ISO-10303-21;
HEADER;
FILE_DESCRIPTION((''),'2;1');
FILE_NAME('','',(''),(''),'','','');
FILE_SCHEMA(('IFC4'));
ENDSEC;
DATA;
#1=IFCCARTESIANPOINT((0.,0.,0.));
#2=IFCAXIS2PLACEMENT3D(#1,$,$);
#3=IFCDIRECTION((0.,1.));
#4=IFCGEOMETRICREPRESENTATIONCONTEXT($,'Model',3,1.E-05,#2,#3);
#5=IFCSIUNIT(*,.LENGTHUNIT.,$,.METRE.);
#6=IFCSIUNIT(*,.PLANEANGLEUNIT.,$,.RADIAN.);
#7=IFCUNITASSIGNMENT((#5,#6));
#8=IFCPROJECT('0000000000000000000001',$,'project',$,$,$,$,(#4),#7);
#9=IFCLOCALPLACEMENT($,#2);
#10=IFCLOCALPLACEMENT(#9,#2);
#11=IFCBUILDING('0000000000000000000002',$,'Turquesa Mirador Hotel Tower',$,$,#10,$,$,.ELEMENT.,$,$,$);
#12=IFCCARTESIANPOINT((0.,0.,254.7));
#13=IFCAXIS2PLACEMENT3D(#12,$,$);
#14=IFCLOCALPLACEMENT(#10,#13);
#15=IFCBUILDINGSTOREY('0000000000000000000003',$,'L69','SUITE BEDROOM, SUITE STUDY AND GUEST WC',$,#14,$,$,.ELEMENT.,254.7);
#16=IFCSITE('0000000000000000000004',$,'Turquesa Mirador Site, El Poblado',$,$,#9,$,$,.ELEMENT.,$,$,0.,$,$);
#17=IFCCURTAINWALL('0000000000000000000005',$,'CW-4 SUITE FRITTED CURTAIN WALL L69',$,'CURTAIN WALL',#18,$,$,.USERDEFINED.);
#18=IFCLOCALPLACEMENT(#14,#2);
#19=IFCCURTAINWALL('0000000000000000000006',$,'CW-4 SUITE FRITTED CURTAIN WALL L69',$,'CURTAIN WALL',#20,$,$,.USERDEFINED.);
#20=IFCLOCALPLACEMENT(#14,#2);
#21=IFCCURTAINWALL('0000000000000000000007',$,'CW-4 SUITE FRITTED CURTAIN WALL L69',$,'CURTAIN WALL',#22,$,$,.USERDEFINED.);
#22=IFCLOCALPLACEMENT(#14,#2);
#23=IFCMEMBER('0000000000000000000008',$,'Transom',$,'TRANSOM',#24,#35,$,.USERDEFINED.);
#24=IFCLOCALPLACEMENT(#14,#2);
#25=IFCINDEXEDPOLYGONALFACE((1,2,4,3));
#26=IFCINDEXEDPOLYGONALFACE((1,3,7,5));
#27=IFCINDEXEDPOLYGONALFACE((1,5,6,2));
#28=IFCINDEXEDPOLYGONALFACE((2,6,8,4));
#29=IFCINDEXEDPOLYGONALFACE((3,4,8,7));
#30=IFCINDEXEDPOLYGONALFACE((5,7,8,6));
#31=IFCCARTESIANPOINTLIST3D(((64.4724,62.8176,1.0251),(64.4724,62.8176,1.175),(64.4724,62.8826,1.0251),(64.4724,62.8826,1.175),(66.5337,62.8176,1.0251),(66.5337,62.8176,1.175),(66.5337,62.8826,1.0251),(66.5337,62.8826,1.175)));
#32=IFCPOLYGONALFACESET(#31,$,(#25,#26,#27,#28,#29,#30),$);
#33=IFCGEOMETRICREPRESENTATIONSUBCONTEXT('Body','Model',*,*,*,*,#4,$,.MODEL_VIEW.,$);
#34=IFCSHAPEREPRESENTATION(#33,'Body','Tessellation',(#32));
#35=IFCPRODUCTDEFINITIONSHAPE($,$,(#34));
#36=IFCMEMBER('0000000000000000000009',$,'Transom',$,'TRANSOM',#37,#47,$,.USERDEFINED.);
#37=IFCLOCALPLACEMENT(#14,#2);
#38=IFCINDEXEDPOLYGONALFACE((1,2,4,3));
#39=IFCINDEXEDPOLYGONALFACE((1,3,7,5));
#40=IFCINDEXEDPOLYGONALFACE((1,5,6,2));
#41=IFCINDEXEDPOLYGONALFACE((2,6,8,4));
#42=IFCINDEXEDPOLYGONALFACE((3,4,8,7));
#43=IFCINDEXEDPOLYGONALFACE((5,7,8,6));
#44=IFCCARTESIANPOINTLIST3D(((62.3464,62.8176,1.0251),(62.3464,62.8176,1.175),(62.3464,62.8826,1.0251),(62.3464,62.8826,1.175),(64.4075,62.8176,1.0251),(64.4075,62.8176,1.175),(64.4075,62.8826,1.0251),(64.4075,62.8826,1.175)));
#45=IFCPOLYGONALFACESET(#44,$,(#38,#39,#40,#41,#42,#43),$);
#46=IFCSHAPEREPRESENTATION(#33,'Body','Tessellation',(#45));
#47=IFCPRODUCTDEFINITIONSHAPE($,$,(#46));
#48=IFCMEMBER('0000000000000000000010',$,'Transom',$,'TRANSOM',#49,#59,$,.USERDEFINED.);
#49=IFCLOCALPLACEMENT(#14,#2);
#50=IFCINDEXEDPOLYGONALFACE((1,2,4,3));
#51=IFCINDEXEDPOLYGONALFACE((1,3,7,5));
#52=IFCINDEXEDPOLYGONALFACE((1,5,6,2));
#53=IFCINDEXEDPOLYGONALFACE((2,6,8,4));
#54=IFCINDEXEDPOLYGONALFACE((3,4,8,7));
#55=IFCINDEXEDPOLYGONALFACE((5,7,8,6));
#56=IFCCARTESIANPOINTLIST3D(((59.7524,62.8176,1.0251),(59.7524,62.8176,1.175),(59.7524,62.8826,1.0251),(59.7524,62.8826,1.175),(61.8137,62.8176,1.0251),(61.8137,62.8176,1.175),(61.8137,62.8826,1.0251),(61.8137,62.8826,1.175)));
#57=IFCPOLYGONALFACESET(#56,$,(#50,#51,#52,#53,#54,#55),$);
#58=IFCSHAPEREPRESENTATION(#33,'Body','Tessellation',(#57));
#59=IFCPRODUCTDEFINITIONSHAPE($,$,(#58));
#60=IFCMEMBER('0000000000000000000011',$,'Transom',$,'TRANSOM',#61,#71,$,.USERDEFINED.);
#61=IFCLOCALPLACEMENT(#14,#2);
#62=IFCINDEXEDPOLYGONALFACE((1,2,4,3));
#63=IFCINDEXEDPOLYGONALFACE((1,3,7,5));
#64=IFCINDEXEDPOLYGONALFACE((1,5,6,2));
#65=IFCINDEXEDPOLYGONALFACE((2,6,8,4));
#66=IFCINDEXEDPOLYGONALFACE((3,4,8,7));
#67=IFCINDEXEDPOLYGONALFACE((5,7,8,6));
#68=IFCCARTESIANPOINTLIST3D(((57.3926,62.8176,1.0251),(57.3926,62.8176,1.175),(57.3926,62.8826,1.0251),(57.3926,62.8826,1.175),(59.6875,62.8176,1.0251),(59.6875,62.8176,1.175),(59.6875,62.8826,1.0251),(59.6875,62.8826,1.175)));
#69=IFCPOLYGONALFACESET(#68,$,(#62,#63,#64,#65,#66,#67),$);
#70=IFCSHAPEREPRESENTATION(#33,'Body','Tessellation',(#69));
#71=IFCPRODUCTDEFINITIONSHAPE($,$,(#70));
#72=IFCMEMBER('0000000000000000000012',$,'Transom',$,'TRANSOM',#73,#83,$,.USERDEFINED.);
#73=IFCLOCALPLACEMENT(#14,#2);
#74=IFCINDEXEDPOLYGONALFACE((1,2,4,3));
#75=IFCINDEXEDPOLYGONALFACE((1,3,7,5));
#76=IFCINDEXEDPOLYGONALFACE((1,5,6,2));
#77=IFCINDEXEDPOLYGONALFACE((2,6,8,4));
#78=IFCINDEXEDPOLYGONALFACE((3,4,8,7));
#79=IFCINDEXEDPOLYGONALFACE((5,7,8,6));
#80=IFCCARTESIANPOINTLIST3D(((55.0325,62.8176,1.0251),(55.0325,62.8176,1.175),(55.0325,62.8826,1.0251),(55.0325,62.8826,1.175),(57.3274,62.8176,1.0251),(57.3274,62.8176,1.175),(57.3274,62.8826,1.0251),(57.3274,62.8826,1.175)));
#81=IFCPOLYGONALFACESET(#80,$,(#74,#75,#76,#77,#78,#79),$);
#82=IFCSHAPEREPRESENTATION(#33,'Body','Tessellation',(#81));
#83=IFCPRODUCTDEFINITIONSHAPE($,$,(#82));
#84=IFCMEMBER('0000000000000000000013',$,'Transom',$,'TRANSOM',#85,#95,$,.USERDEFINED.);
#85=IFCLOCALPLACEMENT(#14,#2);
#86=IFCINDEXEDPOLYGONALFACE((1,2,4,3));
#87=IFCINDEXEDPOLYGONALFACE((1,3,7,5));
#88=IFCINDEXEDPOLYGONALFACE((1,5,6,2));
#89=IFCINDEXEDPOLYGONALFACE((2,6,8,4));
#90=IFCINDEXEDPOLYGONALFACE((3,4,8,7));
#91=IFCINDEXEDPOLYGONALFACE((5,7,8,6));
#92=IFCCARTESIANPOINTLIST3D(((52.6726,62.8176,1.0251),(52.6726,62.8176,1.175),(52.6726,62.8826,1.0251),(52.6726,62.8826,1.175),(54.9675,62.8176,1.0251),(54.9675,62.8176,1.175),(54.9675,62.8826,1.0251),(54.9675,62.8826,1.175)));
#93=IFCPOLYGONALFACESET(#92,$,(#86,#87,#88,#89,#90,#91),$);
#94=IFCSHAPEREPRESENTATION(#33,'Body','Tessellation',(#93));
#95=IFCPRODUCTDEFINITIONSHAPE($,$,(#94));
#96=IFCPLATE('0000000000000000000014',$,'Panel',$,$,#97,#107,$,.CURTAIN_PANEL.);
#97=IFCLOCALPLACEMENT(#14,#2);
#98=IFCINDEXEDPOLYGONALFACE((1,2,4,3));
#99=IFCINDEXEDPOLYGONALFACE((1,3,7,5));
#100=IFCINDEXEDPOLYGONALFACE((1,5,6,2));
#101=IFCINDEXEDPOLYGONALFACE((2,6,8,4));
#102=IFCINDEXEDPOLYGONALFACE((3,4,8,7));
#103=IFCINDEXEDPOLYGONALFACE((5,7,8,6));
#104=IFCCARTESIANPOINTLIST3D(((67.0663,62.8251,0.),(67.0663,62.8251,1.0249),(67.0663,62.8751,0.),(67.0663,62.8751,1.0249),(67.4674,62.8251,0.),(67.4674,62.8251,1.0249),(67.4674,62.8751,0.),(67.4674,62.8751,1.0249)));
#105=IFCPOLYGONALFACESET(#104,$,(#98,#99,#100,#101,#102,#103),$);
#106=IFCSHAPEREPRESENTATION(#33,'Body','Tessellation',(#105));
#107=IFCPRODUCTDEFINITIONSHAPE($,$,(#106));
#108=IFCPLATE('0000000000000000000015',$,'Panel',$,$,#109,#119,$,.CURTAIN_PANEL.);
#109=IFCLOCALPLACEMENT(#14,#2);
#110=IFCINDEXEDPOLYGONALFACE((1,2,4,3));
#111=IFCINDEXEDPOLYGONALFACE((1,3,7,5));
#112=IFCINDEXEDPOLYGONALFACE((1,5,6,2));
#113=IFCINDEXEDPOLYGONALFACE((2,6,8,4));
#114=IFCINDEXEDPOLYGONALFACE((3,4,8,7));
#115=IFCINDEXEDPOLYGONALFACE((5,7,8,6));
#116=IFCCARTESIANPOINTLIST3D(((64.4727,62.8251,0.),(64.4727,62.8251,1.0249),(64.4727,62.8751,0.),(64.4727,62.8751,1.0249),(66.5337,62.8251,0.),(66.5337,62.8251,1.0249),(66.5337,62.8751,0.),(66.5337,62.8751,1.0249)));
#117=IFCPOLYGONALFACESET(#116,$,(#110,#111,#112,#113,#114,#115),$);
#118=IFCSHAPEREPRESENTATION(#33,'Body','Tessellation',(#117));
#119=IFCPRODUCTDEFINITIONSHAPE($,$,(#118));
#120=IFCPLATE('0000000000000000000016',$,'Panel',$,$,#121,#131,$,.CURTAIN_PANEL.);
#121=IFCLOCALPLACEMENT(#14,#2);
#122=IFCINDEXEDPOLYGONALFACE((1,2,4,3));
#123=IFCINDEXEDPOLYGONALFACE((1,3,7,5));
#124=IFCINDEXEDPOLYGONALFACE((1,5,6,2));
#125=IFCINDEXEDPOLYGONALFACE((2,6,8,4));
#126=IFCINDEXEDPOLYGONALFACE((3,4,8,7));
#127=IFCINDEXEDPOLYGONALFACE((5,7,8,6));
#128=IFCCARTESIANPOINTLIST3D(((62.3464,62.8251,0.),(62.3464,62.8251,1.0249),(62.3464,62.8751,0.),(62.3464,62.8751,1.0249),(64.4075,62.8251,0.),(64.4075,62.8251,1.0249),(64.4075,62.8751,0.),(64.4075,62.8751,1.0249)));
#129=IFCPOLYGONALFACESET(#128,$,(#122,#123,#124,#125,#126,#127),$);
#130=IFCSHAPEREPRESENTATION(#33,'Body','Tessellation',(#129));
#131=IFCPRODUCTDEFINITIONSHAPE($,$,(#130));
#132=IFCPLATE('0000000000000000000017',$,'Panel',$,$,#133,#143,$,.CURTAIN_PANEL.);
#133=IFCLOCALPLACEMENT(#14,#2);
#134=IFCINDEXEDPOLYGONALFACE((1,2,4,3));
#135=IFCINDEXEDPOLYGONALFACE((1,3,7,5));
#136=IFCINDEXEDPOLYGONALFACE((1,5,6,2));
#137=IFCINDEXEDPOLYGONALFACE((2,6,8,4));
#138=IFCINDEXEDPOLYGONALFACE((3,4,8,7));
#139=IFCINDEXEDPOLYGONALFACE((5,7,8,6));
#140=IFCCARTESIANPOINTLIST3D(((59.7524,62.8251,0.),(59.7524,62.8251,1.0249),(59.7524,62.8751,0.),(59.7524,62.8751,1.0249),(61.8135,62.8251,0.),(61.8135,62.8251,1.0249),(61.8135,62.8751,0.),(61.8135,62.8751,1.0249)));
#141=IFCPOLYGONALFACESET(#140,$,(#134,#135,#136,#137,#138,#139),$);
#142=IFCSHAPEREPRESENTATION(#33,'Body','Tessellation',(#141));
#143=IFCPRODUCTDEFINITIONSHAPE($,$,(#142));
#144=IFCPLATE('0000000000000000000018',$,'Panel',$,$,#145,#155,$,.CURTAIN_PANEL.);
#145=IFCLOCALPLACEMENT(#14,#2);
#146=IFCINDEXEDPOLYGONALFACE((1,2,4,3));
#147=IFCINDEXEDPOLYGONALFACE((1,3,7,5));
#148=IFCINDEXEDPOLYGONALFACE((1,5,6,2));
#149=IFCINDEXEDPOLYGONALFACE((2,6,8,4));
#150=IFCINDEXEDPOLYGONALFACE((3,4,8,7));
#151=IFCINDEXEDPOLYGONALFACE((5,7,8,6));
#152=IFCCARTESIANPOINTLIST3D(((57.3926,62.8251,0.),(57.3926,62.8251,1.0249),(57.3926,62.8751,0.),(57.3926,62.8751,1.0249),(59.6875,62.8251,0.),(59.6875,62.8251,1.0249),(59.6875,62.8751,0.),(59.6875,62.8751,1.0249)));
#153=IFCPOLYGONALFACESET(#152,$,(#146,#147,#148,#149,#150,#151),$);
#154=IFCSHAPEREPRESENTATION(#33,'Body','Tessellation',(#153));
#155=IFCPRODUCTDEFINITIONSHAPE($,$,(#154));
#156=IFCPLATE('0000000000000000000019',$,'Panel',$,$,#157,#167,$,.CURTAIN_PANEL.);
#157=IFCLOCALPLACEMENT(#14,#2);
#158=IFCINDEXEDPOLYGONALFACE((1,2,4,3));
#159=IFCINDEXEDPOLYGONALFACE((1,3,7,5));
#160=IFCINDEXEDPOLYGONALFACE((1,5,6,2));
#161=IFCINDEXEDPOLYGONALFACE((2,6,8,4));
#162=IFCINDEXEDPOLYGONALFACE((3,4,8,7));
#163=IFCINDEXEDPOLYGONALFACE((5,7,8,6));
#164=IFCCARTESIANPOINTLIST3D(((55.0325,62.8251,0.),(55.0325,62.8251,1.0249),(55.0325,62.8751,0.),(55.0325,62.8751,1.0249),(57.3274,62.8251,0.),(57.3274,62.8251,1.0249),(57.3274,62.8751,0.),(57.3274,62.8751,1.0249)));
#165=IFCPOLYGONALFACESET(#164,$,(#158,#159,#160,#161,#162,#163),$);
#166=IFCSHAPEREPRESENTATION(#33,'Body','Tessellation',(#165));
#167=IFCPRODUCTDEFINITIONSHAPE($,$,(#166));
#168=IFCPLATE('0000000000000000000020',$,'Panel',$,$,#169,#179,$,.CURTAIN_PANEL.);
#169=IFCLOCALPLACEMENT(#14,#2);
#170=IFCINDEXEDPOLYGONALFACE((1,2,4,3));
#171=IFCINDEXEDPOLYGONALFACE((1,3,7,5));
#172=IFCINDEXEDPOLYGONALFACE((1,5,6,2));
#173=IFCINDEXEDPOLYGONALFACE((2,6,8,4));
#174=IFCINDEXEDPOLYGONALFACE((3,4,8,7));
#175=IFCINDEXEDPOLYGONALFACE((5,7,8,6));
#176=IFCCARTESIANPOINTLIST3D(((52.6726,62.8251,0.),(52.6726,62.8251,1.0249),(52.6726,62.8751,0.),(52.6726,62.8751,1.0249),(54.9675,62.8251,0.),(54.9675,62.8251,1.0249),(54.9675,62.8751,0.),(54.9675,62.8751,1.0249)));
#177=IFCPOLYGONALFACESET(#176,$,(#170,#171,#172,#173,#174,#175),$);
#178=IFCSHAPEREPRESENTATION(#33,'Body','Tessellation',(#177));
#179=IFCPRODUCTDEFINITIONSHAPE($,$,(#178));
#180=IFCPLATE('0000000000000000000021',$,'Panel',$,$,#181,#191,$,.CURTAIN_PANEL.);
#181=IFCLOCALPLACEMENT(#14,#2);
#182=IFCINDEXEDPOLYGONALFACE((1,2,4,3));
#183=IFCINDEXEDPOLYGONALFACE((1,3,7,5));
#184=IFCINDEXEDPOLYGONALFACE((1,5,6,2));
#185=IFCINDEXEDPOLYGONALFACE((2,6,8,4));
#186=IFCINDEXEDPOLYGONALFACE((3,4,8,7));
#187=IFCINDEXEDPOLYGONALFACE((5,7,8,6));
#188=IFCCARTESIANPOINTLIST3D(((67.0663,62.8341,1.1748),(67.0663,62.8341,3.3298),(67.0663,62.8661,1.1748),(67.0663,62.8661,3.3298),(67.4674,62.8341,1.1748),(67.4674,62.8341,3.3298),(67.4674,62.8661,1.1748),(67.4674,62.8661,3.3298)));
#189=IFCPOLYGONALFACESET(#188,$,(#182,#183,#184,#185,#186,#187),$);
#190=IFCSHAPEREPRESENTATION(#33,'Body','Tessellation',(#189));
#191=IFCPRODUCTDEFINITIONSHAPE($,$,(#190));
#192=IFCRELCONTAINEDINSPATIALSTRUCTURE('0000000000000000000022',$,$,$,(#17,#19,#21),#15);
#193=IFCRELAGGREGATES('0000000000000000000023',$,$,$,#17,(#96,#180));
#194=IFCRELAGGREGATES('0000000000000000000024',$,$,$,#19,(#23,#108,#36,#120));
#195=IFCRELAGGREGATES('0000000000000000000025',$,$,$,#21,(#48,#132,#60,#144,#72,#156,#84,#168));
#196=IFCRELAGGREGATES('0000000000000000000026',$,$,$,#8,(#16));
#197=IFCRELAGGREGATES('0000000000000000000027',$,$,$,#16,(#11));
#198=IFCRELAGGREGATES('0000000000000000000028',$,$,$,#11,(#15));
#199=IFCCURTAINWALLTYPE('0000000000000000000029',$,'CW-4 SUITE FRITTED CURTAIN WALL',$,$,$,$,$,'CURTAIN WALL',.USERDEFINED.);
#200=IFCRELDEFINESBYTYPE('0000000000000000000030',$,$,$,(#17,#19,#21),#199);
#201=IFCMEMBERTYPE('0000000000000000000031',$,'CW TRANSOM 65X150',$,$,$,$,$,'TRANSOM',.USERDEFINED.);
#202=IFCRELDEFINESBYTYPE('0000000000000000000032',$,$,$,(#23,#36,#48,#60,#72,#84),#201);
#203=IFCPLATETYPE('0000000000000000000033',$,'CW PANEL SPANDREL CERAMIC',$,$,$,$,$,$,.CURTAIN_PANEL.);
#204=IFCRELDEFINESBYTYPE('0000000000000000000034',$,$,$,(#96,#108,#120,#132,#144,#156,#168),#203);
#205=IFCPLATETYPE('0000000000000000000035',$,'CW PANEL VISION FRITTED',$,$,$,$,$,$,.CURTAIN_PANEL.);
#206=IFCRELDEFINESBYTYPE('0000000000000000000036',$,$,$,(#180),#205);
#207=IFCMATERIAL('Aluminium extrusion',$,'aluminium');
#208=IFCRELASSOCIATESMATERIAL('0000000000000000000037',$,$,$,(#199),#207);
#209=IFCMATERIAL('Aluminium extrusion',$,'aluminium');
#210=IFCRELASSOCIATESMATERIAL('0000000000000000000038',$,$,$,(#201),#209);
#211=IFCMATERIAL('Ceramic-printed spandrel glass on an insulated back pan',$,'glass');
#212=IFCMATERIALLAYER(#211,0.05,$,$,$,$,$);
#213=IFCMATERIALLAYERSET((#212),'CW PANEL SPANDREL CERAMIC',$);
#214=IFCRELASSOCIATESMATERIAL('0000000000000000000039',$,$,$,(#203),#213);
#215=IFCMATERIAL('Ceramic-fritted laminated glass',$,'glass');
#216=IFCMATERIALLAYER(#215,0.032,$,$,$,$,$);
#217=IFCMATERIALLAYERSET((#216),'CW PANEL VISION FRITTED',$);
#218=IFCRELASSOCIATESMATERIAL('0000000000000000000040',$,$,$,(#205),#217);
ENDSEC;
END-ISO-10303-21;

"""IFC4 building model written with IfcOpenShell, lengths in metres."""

from ifc_helpers import new_model, si_unit, direction, frame, origin, origin_2d, place, context, subcontext, project, spatial, rectangle, extrude, material, layer, layer_set, material_profile, profile_set, type_object, element, aggregate, save


model = new_model("IFC4")

# Units and contexts
model_context = context("Model", 3, precision=1e-05, world=origin(), true_north=direction((0.0, 1.0)))
body_context = subcontext(model_context, "Body", "Model", "MODEL_VIEW")
ifc_project = project(units=[si_unit("LENGTHUNIT", "METRE"), si_unit("PLANEANGLEUNIT", "RADIAN")], contexts=[model_context])

# Site, building, storey
site_placement = place(None, origin())
site = spatial("IfcSite", under=ifc_project, at=site_placement, Name="Turquesa Mirador Site, El Poblado", CompositionType="ELEMENT", RefElevation=0.0)
building_placement = place(site_placement, origin())
building = spatial("IfcBuilding", under=site, at=building_placement, Name="Turquesa Mirador Hotel Tower", CompositionType="ELEMENT")
storey_placement = place(building_placement, frame((0.0, 0.0, 254.7)))
storey = spatial("IfcBuildingStorey", under=building, at=storey_placement, Name="L69", Description="SUITE BEDROOM, SUITE STUDY AND GUEST WC", CompositionType="ELEMENT", Elevation=254.7)

# Curtain wall
ifc_material_1 = material(Name="Aluminium extrusion", Category="aluminium")
curtain_wall_type = type_object("IfcCurtainWallType", Name="CW-4 SUITE FRITTED CURTAIN WALL", ElementType="CURTAIN WALL", PredefinedType="USERDEFINED", material=ifc_material_1)
curtain_wall_1_placement = place(storey_placement, origin())
curtain_wall_1 = element("IfcCurtainWall", 1, at=curtain_wall_1_placement, inside=storey, type_object=curtain_wall_type, Name="CW-4 SUITE FRITTED CURTAIN WALL L69", ObjectType="CURTAIN WALL", PredefinedType="USERDEFINED")

# Curtain walls
curtain_wall_2_placement = place(storey_placement, origin())
curtain_wall_2 = element("IfcCurtainWall", 2, at=curtain_wall_2_placement, inside=storey, type_object=curtain_wall_type, Name="CW-4 SUITE FRITTED CURTAIN WALL L69", ObjectType="CURTAIN WALL", PredefinedType="USERDEFINED")
curtain_wall_3_placement = place(storey_placement, origin())
curtain_wall_3 = element("IfcCurtainWall", 3, at=curtain_wall_3_placement, inside=storey, type_object=curtain_wall_type, Name="CW-4 SUITE FRITTED CURTAIN WALL L69", ObjectType="CURTAIN WALL", PredefinedType="USERDEFINED")

# Members
ifc_material_2 = material(Name="Aluminium extrusion", Category="aluminium")
ifc_material_profile_1 = material_profile(ifc_material_2, rectangle(XDim=0.0649, YDim=0.1499, at=origin_2d()), Name="TRANSOM 65X150")
ifc_profile_set_1 = profile_set([ifc_material_profile_1], Name="Aluminium extrusion")
member_type_1 = type_object("IfcMemberType", Name="CW TRANSOM 65X150", ElementType="TRANSOM", PredefinedType="USERDEFINED", material=ifc_profile_set_1)
member_1_placement = place(storey_placement, frame((66.5337, 62.8501, 1.1001), z_axis=(-1.0, 0.0, 0.0), x_axis=(0.0, -1.0, 0.0)))
member_1 = element("IfcMember", 4, at=member_1_placement, type_object=member_type_1, Name="Transom", ObjectType="TRANSOM", PredefinedType="USERDEFINED", context=body_context, shape_type="SweptSolid", body=[
    extrude(rectangle(XDim=0.0649, YDim=0.1499, at=origin_2d()), origin(), (0.0, 0.0, 1.0), 2.0613),
])
member_2_placement = place(storey_placement, frame((64.4075, 62.8501, 1.1001), z_axis=(-1.0, 0.0, 0.0), x_axis=(0.0, -1.0, 0.0)))
member_2 = element("IfcMember", 5, at=member_2_placement, type_object=member_type_1, Name="Transom", ObjectType="TRANSOM", PredefinedType="USERDEFINED", context=body_context, shape_type="SweptSolid", body=[
    extrude(rectangle(XDim=0.0649, YDim=0.1499, at=origin_2d()), origin(), (0.0, 0.0, 1.0), 2.061),
])
member_3_placement = place(storey_placement, frame((61.8137, 62.8501, 1.1001), z_axis=(-1.0, 0.0, 0.0), x_axis=(0.0, -1.0, 0.0)))
member_3 = element("IfcMember", 6, at=member_3_placement, type_object=member_type_1, Name="Transom", ObjectType="TRANSOM", PredefinedType="USERDEFINED", context=body_context, shape_type="SweptSolid", body=[
    extrude(rectangle(XDim=0.0649, YDim=0.1499, at=origin_2d()), origin(), (0.0, 0.0, 1.0), 2.0613),
])
member_4_placement = place(storey_placement, frame((59.6875, 62.8501, 1.1001), z_axis=(-1.0, 0.0, 0.0), x_axis=(0.0, -1.0, 0.0)))
member_4 = element("IfcMember", 7, at=member_4_placement, type_object=member_type_1, Name="Transom", ObjectType="TRANSOM", PredefinedType="USERDEFINED", context=body_context, shape_type="SweptSolid", body=[
    extrude(rectangle(XDim=0.0649, YDim=0.1499, at=origin_2d()), origin(), (0.0, 0.0, 1.0), 2.2949),
])
member_5_placement = place(storey_placement, frame((57.3274, 62.8501, 1.1001), z_axis=(-1.0, 0.0, 0.0), x_axis=(0.0, -1.0, 0.0)))
member_5 = element("IfcMember", 8, at=member_5_placement, type_object=member_type_1, Name="Transom", ObjectType="TRANSOM", PredefinedType="USERDEFINED", context=body_context, shape_type="SweptSolid", body=[
    extrude(rectangle(XDim=0.0649, YDim=0.1499, at=origin_2d()), origin(), (0.0, 0.0, 1.0), 2.2949),
])
member_6_placement = place(storey_placement, frame((54.9675, 62.8501, 1.1001), z_axis=(-1.0, 0.0, 0.0), x_axis=(0.0, -1.0, 0.0)))
member_6 = element("IfcMember", 9, at=member_6_placement, type_object=member_type_1, Name="Transom", ObjectType="TRANSOM", PredefinedType="USERDEFINED", context=body_context, shape_type="SweptSolid", body=[
    extrude(rectangle(XDim=0.0649, YDim=0.1499, at=origin_2d()), origin(), (0.0, 0.0, 1.0), 2.2949),
])

# Plates
ifc_material_3 = material(Name="Ceramic-printed spandrel glass on an insulated back pan", Category="glass")
ifc_layer_1 = layer(ifc_material_3, 0.05)
ifc_layer_set_1 = layer_set([ifc_layer_1], Name="CW PANEL SPANDREL CERAMIC")
plate_type_1 = type_object("IfcPlateType", Name="CW PANEL SPANDREL CERAMIC", PredefinedType="CURTAIN_PANEL", material=ifc_layer_set_1)
plate_1_placement = place(storey_placement, frame((67.2668, 62.8501, 0.0), z_axis=(0.0, 0.0, 1.0), x_axis=(-1.0, 0.0, 0.0)))
plate_1 = element("IfcPlate", 10, at=plate_1_placement, type_object=plate_type_1, Name="Panel", PredefinedType="CURTAIN_PANEL", context=body_context, shape_type="SweptSolid", body=[
    extrude(rectangle(XDim=0.4011, YDim=0.05, at=origin_2d()), origin(), (0.0, 0.0, 1.0), 1.0249),
])
plate_2_placement = place(storey_placement, frame((65.5032, 62.8501, 0.0), z_axis=(0.0, 0.0, 1.0), x_axis=(-1.0, 0.0, 0.0)))
plate_2 = element("IfcPlate", 11, at=plate_2_placement, type_object=plate_type_1, Name="Panel", PredefinedType="CURTAIN_PANEL", context=body_context, shape_type="SweptSolid", body=[
    extrude(rectangle(XDim=2.061, YDim=0.05, at=origin_2d()), origin(), (0.0, 0.0, 1.0), 1.0249),
])
plate_3_placement = place(storey_placement, frame((63.377, 62.8501, 0.0), z_axis=(0.0, 0.0, 1.0), x_axis=(-1.0, 0.0, 0.0)))
plate_3 = element("IfcPlate", 12, at=plate_3_placement, type_object=plate_type_1, Name="Panel", PredefinedType="CURTAIN_PANEL", context=body_context, shape_type="SweptSolid", body=[
    extrude(rectangle(XDim=2.061, YDim=0.05, at=origin_2d()), origin(), (0.0, 0.0, 1.0), 1.0249),
])
plate_4_placement = place(storey_placement, frame((60.783, 62.8501, 0.0), z_axis=(0.0, 0.0, 1.0), x_axis=(-1.0, 0.0, 0.0)))
plate_4 = element("IfcPlate", 13, at=plate_4_placement, type_object=plate_type_1, Name="Panel", PredefinedType="CURTAIN_PANEL", context=body_context, shape_type="SweptSolid", body=[
    extrude(rectangle(XDim=2.061, YDim=0.05, at=origin_2d()), origin(), (0.0, 0.0, 1.0), 1.0249),
])
plate_5_placement = place(storey_placement, frame((58.54, 62.8501, 0.0), z_axis=(0.0, 0.0, 1.0), x_axis=(-1.0, 0.0, 0.0)))
plate_5 = element("IfcPlate", 14, at=plate_5_placement, type_object=plate_type_1, Name="Panel", PredefinedType="CURTAIN_PANEL", context=body_context, shape_type="SweptSolid", body=[
    extrude(rectangle(XDim=2.2949, YDim=0.05, at=origin_2d()), origin(), (0.0, 0.0, 1.0), 1.0249),
])
plate_6_placement = place(storey_placement, frame((56.1799, 62.8501, 0.0), z_axis=(0.0, 0.0, 1.0), x_axis=(-1.0, 0.0, 0.0)))
plate_6 = element("IfcPlate", 15, at=plate_6_placement, type_object=plate_type_1, Name="Panel", PredefinedType="CURTAIN_PANEL", context=body_context, shape_type="SweptSolid", body=[
    extrude(rectangle(XDim=2.2949, YDim=0.05, at=origin_2d()), origin(), (0.0, 0.0, 1.0), 1.0249),
])
plate_7_placement = place(storey_placement, frame((53.8201, 62.8501, 0.0), z_axis=(0.0, 0.0, 1.0), x_axis=(-1.0, 0.0, 0.0)))
plate_7 = element("IfcPlate", 16, at=plate_7_placement, type_object=plate_type_1, Name="Panel", PredefinedType="CURTAIN_PANEL", context=body_context, shape_type="SweptSolid", body=[
    extrude(rectangle(XDim=2.2949, YDim=0.05, at=origin_2d()), origin(), (0.0, 0.0, 1.0), 1.0249),
])
ifc_material_4 = material(Name="Ceramic-fritted laminated glass", Category="glass")
ifc_layer_2 = layer(ifc_material_4, 0.032)
ifc_layer_set_2 = layer_set([ifc_layer_2], Name="CW PANEL VISION FRITTED")
plate_type_2 = type_object("IfcPlateType", Name="CW PANEL VISION FRITTED", PredefinedType="CURTAIN_PANEL", material=ifc_layer_set_2)
plate_8_placement = place(storey_placement, frame((67.2668, 62.8501, 1.1748), z_axis=(0.0, 0.0, 1.0), x_axis=(-1.0, 0.0, 0.0)))
plate_8 = element("IfcPlate", 17, at=plate_8_placement, type_object=plate_type_2, Name="Panel", PredefinedType="CURTAIN_PANEL", context=body_context, shape_type="SweptSolid", body=[
    extrude(rectangle(XDim=0.4011, YDim=0.032, at=origin_2d()), origin(), (0.0, 0.0, 1.0), 2.155),
])
aggregate(curtain_wall_1, [plate_1, plate_8])
aggregate(curtain_wall_2, [member_1, plate_2, member_2, plate_3])
aggregate(curtain_wall_3, [member_3, plate_4, member_4, plate_5, member_5, plate_6, member_6, plate_7])

save(model, "model.ifc")
